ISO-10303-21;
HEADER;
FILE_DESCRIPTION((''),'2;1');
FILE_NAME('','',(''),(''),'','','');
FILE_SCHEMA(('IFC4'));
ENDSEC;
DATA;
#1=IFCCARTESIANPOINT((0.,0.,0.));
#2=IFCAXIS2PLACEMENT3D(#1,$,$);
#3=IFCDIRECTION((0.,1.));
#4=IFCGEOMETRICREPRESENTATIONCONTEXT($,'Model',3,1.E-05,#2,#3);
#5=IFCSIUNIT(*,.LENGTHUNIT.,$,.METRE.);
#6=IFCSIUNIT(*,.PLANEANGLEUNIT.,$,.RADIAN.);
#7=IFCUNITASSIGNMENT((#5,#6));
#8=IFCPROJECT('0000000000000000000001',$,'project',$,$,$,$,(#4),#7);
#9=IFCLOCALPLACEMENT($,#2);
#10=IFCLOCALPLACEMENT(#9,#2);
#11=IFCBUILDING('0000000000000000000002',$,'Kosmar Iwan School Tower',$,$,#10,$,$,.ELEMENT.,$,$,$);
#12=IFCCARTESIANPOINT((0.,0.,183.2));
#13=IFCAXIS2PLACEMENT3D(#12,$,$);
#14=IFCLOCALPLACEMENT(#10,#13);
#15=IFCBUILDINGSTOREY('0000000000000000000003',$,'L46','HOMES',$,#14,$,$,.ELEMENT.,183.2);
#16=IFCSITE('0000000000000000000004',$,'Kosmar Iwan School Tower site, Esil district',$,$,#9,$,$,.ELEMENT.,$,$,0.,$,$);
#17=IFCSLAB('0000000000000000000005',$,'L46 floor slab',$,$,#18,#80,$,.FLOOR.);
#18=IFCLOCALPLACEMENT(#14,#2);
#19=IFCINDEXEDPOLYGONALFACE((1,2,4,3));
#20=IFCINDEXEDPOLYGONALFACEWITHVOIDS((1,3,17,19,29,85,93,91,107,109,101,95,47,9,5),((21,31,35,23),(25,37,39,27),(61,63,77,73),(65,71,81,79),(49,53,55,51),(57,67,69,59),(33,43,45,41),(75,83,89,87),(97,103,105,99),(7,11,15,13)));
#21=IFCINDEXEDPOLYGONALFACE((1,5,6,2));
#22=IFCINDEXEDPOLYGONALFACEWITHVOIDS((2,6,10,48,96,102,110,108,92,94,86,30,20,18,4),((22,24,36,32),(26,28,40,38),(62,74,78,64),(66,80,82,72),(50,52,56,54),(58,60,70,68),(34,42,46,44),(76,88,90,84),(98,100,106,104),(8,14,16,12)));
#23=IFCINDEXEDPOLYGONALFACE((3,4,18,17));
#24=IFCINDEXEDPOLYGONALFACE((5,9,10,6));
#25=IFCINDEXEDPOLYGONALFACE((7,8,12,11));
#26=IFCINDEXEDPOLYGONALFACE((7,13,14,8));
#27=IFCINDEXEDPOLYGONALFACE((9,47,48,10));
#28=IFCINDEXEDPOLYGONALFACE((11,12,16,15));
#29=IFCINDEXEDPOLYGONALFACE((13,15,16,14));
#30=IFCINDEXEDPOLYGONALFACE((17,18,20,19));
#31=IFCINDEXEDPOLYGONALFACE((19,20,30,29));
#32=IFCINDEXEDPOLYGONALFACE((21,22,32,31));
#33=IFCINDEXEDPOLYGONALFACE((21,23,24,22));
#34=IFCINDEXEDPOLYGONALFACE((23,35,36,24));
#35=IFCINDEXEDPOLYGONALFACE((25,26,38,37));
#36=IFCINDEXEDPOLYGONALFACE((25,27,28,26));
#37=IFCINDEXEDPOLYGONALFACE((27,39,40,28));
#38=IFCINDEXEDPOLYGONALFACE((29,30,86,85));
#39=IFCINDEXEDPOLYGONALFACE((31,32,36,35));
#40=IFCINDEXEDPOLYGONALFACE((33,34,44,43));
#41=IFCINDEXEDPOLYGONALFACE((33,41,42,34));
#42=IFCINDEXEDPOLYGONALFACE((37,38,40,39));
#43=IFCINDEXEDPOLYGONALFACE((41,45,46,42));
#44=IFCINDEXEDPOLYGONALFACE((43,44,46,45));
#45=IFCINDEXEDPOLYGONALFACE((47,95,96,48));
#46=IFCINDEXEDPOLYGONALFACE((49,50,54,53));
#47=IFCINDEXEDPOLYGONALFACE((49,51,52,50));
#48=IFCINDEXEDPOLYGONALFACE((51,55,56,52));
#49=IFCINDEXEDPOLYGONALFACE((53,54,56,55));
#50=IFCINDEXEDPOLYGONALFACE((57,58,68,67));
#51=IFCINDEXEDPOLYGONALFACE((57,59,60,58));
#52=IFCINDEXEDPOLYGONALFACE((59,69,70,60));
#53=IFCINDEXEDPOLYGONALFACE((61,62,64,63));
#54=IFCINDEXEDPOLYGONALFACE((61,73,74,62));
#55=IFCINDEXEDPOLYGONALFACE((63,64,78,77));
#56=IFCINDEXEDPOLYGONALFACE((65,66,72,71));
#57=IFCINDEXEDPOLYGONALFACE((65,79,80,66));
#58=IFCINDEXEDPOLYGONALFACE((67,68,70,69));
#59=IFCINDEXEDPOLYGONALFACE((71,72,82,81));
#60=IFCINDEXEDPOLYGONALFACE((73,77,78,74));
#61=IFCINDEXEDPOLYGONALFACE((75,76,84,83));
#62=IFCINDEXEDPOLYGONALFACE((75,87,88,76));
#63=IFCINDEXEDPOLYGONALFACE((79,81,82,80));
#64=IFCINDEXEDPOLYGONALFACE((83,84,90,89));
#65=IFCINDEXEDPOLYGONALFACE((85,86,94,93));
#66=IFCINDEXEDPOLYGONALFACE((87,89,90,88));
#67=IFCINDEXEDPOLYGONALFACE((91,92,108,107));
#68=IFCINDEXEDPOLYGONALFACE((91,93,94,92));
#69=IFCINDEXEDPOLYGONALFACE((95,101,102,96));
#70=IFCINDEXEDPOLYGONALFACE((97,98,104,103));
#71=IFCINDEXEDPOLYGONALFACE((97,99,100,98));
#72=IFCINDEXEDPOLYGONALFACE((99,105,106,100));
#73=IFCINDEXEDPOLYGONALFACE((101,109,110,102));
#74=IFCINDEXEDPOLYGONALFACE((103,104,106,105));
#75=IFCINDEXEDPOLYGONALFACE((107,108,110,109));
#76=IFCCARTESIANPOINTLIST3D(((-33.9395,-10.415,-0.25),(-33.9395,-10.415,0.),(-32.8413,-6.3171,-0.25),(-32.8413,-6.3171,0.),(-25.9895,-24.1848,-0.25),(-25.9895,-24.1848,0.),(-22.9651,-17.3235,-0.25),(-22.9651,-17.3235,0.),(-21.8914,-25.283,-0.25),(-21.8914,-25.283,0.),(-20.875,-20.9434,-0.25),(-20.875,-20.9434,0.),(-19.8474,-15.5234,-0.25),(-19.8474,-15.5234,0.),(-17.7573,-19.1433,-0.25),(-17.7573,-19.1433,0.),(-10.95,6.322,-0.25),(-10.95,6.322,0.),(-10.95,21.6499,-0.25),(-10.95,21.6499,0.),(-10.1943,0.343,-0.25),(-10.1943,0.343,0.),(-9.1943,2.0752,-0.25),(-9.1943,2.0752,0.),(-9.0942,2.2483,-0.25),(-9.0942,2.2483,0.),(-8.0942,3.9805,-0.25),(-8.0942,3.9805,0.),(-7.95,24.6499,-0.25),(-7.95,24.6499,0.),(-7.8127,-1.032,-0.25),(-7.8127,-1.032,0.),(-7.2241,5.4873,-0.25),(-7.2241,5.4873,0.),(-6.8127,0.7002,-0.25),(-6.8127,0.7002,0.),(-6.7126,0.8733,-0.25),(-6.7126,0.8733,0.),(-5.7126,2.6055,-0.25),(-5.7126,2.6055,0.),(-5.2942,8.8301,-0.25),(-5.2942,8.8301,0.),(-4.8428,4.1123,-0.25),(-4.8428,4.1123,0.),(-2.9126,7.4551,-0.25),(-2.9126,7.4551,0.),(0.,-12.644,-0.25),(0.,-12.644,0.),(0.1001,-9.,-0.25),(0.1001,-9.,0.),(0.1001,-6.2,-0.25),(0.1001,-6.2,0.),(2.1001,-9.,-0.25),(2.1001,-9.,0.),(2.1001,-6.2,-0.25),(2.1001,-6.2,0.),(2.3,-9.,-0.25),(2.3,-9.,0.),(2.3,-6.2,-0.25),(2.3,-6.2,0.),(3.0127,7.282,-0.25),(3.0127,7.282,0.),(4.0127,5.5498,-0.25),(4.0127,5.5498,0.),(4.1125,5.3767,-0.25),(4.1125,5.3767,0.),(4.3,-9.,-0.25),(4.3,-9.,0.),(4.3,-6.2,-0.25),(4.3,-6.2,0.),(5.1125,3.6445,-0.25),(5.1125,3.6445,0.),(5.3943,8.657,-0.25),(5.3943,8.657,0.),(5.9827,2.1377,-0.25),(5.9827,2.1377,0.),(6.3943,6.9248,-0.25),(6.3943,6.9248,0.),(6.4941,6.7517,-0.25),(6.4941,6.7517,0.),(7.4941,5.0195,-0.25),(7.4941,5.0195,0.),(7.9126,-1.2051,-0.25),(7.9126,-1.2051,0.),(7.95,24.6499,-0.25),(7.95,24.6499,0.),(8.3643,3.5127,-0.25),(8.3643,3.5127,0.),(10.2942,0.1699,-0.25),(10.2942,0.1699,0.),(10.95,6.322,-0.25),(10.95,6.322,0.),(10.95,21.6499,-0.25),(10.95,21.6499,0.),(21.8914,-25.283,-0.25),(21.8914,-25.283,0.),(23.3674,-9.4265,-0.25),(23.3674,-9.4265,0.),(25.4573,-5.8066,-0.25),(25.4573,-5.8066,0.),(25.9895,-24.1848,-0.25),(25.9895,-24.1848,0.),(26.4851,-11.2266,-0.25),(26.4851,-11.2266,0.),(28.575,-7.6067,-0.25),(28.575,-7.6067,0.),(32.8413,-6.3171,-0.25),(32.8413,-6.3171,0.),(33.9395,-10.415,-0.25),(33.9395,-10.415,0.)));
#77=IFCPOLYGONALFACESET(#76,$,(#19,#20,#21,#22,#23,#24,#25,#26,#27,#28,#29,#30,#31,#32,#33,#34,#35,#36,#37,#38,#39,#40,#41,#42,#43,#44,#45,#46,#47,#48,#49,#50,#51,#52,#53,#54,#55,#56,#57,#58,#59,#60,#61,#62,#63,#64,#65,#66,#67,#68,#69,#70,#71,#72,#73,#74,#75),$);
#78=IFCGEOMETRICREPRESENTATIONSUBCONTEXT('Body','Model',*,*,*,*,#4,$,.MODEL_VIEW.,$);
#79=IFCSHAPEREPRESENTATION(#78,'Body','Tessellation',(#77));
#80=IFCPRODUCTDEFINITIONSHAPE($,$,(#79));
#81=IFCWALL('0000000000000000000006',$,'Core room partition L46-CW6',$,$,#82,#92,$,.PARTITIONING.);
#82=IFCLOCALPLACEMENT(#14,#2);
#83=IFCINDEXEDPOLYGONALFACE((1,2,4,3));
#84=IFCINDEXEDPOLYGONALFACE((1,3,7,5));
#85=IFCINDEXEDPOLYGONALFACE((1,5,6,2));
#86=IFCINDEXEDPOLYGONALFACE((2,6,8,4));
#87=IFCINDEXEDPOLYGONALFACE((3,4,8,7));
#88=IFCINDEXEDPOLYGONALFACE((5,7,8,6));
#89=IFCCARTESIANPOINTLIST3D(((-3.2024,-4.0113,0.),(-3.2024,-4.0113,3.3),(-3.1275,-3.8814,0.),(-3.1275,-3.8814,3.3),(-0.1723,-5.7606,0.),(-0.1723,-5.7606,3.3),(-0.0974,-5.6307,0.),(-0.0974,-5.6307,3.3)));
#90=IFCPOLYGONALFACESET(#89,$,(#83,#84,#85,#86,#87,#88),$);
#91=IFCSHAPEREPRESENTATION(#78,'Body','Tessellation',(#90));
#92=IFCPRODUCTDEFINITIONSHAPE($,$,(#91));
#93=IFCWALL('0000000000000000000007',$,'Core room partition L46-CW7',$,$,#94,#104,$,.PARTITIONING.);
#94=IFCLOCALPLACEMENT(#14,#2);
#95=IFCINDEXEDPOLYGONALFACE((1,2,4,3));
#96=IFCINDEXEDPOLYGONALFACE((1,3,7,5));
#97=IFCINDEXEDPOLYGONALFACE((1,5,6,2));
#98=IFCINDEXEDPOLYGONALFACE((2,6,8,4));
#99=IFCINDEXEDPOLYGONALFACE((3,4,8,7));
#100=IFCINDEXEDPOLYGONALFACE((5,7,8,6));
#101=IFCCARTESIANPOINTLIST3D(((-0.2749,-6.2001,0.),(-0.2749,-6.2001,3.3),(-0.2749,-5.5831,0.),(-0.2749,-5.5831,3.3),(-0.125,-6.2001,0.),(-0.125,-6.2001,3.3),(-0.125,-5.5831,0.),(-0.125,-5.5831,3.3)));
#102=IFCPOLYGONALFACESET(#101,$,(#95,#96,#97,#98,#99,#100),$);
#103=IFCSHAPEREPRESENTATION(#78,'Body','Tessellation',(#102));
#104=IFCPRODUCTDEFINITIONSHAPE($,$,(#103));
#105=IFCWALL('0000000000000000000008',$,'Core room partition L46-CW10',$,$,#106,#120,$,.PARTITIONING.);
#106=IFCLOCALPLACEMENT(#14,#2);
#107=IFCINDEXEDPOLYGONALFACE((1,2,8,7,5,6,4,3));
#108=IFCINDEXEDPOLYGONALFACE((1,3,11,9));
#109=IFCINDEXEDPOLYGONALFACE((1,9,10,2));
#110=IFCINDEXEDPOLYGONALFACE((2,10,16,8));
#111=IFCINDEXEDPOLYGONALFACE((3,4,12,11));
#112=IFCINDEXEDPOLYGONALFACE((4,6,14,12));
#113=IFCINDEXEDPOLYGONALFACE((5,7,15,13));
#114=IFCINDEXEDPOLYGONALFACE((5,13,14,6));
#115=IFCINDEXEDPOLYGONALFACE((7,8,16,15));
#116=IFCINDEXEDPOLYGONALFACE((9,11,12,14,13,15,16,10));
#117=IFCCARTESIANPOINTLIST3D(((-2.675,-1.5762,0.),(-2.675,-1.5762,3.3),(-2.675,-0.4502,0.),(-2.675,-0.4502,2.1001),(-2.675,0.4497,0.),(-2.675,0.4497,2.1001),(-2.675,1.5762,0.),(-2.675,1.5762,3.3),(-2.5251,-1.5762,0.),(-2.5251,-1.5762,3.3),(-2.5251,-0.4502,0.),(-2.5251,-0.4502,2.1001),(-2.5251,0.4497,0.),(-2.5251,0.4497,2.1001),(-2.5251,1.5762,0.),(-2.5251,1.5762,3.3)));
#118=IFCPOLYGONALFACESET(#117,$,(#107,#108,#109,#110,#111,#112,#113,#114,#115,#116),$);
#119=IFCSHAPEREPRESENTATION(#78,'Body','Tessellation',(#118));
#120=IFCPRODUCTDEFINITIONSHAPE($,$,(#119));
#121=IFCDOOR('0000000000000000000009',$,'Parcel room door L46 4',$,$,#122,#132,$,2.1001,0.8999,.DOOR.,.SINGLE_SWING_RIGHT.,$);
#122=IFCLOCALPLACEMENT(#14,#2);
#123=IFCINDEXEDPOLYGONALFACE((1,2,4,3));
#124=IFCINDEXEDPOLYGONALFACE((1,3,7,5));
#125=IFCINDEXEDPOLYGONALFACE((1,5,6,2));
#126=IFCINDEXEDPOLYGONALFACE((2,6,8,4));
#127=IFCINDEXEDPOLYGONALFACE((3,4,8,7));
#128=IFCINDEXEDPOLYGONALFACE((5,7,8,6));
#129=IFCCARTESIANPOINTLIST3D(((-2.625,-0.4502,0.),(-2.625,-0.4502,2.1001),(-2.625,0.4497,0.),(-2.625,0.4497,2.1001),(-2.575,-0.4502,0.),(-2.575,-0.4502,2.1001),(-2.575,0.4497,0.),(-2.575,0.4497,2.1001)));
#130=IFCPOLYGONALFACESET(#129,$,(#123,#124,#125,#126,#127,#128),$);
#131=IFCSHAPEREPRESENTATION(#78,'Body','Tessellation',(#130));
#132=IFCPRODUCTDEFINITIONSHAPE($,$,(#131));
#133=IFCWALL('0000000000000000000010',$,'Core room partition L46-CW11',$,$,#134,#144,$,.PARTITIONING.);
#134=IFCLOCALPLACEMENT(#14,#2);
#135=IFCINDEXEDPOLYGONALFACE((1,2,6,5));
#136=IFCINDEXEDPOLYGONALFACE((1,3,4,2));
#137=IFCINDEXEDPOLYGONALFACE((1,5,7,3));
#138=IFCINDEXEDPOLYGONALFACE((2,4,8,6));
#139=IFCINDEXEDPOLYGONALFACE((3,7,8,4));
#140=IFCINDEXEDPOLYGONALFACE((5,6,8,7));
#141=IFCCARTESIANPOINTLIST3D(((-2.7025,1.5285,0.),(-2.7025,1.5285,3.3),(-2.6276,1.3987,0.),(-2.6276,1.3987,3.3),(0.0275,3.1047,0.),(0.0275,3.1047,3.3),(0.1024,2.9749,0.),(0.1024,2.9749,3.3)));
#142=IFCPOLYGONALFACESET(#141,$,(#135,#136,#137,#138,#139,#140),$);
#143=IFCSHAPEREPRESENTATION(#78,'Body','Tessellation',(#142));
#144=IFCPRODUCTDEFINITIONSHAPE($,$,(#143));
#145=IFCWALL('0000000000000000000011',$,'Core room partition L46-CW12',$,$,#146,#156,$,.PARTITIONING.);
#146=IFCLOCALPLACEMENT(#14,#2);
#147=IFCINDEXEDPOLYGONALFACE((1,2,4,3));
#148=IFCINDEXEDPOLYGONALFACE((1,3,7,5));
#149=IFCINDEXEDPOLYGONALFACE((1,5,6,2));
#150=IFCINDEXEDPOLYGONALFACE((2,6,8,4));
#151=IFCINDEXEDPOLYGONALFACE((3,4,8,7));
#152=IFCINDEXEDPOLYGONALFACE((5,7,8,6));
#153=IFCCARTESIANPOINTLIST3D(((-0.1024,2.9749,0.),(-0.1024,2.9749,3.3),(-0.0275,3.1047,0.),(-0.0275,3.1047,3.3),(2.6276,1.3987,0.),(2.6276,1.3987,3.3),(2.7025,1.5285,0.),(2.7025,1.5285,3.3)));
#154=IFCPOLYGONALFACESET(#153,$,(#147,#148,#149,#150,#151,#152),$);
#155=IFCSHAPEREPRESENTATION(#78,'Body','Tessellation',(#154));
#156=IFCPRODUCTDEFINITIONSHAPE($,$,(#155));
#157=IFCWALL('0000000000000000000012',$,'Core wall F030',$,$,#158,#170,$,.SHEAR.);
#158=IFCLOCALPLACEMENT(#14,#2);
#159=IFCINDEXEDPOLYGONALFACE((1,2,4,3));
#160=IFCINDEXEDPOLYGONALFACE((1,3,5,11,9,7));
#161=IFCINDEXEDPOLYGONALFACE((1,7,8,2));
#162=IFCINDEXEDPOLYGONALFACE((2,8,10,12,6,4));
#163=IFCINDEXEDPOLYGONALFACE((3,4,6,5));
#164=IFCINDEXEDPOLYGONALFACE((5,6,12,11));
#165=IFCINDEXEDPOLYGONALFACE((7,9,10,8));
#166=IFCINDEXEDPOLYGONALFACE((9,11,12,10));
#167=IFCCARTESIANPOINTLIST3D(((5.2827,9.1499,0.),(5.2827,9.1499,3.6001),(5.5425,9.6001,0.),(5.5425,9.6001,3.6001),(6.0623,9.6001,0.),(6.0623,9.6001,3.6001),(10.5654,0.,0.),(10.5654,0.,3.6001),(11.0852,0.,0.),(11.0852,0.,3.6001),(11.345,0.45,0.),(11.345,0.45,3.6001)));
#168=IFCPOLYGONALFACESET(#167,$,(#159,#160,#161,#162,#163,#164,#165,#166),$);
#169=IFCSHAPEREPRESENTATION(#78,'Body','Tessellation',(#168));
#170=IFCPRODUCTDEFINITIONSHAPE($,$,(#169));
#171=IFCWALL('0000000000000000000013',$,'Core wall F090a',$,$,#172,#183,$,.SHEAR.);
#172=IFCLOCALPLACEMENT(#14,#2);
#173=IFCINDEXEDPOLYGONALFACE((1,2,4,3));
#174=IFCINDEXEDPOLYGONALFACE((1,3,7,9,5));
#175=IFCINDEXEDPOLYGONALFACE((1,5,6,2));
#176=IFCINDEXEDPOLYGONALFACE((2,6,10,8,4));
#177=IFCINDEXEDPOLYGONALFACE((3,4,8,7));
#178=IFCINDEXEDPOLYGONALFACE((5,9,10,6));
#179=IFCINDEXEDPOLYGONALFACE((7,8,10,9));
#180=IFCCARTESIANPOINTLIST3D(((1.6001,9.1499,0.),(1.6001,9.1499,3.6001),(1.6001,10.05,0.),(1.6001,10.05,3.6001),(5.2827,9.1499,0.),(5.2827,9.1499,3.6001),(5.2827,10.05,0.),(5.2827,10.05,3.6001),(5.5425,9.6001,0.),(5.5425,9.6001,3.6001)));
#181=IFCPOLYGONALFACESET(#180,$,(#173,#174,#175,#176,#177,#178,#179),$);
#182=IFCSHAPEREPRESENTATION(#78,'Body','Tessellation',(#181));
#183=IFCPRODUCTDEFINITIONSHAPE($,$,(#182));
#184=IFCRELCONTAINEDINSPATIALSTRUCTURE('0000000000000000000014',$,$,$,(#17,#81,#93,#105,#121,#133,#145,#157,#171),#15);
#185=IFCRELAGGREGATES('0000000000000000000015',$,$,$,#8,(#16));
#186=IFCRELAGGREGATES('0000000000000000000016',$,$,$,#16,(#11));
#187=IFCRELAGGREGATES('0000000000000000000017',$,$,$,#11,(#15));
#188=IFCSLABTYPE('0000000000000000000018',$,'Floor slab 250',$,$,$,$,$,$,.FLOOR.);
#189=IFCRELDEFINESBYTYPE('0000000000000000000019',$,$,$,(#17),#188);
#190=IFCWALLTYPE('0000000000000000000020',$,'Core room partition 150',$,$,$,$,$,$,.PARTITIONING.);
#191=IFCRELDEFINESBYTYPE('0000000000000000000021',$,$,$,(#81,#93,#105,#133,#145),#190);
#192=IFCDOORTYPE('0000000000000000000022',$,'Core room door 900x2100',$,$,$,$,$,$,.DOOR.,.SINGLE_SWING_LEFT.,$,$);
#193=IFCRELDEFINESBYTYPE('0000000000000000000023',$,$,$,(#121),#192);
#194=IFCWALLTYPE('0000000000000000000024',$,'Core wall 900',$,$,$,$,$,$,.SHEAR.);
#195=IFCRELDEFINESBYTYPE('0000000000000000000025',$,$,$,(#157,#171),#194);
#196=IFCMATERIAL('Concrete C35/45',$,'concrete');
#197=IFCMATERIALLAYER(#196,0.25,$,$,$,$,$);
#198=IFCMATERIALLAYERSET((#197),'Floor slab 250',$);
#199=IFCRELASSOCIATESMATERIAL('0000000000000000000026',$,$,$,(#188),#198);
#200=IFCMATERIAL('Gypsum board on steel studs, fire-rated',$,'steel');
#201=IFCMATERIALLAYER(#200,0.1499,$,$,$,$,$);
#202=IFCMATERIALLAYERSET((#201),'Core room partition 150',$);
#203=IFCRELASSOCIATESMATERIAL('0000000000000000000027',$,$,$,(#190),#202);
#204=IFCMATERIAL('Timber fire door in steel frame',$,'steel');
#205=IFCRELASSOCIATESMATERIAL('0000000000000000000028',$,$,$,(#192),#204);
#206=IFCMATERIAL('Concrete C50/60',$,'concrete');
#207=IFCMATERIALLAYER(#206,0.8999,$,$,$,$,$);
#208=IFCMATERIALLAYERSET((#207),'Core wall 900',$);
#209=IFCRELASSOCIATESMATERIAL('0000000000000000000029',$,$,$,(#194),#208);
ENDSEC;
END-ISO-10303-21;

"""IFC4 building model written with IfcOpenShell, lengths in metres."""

from ifc_helpers import new_model, si_unit, direction, frame, frame_2d, origin, place, context, subcontext, project, spatial, polyline, rectangle, outline, extrude, material, layer, layer_set, type_object, element, fill, save


model = new_model("IFC4")

# Units and contexts
model_context = context("Model", 3, precision=1e-05, world=origin(), true_north=direction((0.0, 1.0)))
body_context = subcontext(model_context, "Body", "Model", "MODEL_VIEW")
ifc_project = project(units=[si_unit("LENGTHUNIT", "METRE"), si_unit("PLANEANGLEUNIT", "RADIAN")], contexts=[model_context])

# Site, building, storey
site_placement = place(None, origin())
site = spatial("IfcSite", under=ifc_project, at=site_placement, Name="Kosmar Iwan School Tower site, Esil district", CompositionType="ELEMENT", RefElevation=0.0)
building_placement = place(site_placement, origin())
building = spatial("IfcBuilding", under=site, at=building_placement, Name="Kosmar Iwan School Tower", CompositionType="ELEMENT")
storey_placement = place(building_placement, frame((0.0, 0.0, 183.2)))
storey = spatial("IfcBuildingStorey", under=building, at=storey_placement, Name="L46", Description="HOMES", CompositionType="ELEMENT", Elevation=183.2)

# Slab
ifc_material_1 = material(Name="Concrete C35/45", Category="concrete")
ifc_layer_1 = layer(ifc_material_1, 0.25)
ifc_layer_set_1 = layer_set([ifc_layer_1], Name="Floor slab 250")
slab_type = type_object("IfcSlabType", Name="Floor slab 250", PredefinedType="FLOOR", material=ifc_layer_set_1)
slab_placement = place(storey_placement, frame((0.0, 0.0, -0.25)))
element("IfcSlab", 1, at=slab_placement, inside=storey, type_object=slab_type, Name="L46 floor slab", PredefinedType="FLOOR", context=body_context, shape_type="SweptSolid", body=[
    extrude(outline(polyline([(-21.8914, -25.283), (0.0, -12.644), (21.8914, -25.283), (25.9895, -24.1848), (33.9395, -10.415), (32.8413, -6.3171), (10.95, 6.322), (10.95, 21.6499), (7.95, 24.6499), (-7.95, 24.6499), (-10.95, 21.6499), (-10.95, 6.322), (-32.8413, -6.3171), (-33.9395, -10.415), (-25.9895, -24.1848), (-21.8914, -25.283)]), holes=[polyline([(7.9126, -1.2051), (10.2942, 0.1699), (8.3643, 3.5127), (5.9827, 2.1377), (7.9126, -1.2051)]), polyline([(-2.9126, 7.4551), (-5.2942, 8.8301), (-7.2241, 5.4873), (-4.8428, 4.1123), (-2.9126, 7.4551)]), polyline([(-5.7126, 2.6055), (-8.0942, 3.9805), (-9.0942, 2.2483), (-6.7126, 0.8733), (-5.7126, 2.6055)]), polyline([(-6.8127, 0.7002), (-9.1943, 2.0752), (-10.1943, 0.343), (-7.8127, -1.032), (-6.8127, 0.7002)]), polyline([(5.1125, 3.6445), (7.4941, 5.0195), (6.4941, 6.7517), (4.1125, 5.3767), (5.1125, 3.6445)]), polyline([(4.0127, 5.5498), (6.3943, 6.9248), (5.3943, 8.657), (3.0127, 7.282), (4.0127, 5.5498)]), polyline([(0.1001, -6.2), (0.1001, -9.0), (2.1001, -9.0), (2.1001, -6.2), (0.1001, -6.2)]), polyline([(2.3, -6.2), (2.3, -9.0), (4.3, -9.0), (4.3, -6.2), (2.3, -6.2)]), polyline([(-19.8474, -15.5234), (-22.9651, -17.3235), (-20.875, -20.9434), (-17.7573, -19.1433), (-19.8474, -15.5234)]), polyline([(23.3674, -9.4265), (26.4851, -11.2266), (28.575, -7.6067), (25.4573, -5.8066), (23.3674, -9.4265)])]), origin(), (0.0, 0.0, 1.0), 0.25),
])

# Walls
ifc_material_2 = material(Name="Gypsum board on steel studs, fire-rated", Category="steel")
ifc_layer_2 = layer(ifc_material_2, 0.1499)
ifc_layer_set_2 = layer_set([ifc_layer_2], Name="Core room partition 150")
wall_type_1 = type_object("IfcWallType", Name="Core room partition 150", PredefinedType="PARTITIONING", material=ifc_layer_set_2)
wall_1_placement = place(storey_placement, frame((-3.165, -3.9463, 0.0), z_axis=(0.0, 0.0, 1.0), x_axis=(0.86604, -0.499974, 0.0)))
element("IfcWall", 2, at=wall_1_placement, inside=storey, type_object=wall_type_1, Name="Core room partition L46-CW6", PredefinedType="PARTITIONING", context=body_context, shape_type="SweptSolid", body=[
    extrude(rectangle(XDim=3.4988, YDim=0.1499, at=frame_2d((1.7495, 0.0))), origin(), (0.0, 0.0, 1.0), 3.3),
])
wall_2_placement = place(storey_placement, frame((-0.2, -5.583, 0.0), z_axis=(0.0, 0.0, 1.0), x_axis=(0.0, -1.0, 0.0)))
element("IfcWall", 3, at=wall_2_placement, inside=storey, type_object=wall_type_1, Name="Core room partition L46-CW7", PredefinedType="PARTITIONING", context=body_context, shape_type="SweptSolid", body=[
    extrude(rectangle(XDim=0.6169, YDim=0.1499, at=frame_2d((0.3086, 0.0))), origin(), (0.0, 0.0, 1.0), 3.3),
])

# Wall, opening, door
wall_3_placement = place(storey_placement, frame((-2.6001, -1.5762, 0.0), z_axis=(0.0, 0.0, 1.0), x_axis=(0.0, 1.0, 0.0)))
wall_3 = element("IfcWall", 4, at=wall_3_placement, inside=storey, type_object=wall_type_1, Name="Core room partition L46-CW10", PredefinedType="PARTITIONING", context=body_context, shape_type="SweptSolid", body=[
    extrude(rectangle(XDim=3.1523, YDim=0.1499, at=frame_2d((1.5762, 0.0))), origin(), (0.0, 0.0, 1.0), 3.3),
])
opening_1_placement = place(wall_3_placement, frame((1.126, 0.0, 0.0)))
opening_1 = element("IfcOpeningElement", 5, at=opening_1_placement, cuts=wall_3, PredefinedType="OPENING", context=body_context, shape_type="SweptSolid", body=[
    extrude(rectangle(XDim=0.8999, YDim=2.1001, at=frame_2d((0.45, 1.05))), frame((0.0, 0.0869, 0.0), z_axis=(0.0, -1.0, 0.0), x_axis=(1.0, 0.0, 0.0)), (0.0, 0.0, 1.0), 0.1738),
])
ifc_material_3 = material(Name="Timber fire door in steel frame", Category="steel")
door_type_1 = type_object("IfcDoorType", Name="Core room door 900x2100", OperationType="SINGLE_SWING_LEFT", PredefinedType="DOOR", material=ifc_material_3)
door_1_placement = place(opening_1_placement, origin())
door_1 = element("IfcDoor", 6, at=door_1_placement, inside=storey, type_object=door_type_1, Name="Parcel room door L46 4", OperationType="SINGLE_SWING_RIGHT", OverallHeight=2.1001, OverallWidth=0.8999, PredefinedType="DOOR", context=body_context, shape_type="SweptSolid", body=[
    extrude(rectangle(XDim=0.8999, YDim=2.1001, at=frame_2d((0.45, 1.05))), frame((0.0, 0.0249, 0.0), z_axis=(0.0, -1.0, 0.0), x_axis=(1.0, 0.0, 0.0)), (0.0, 0.0, 1.0), 0.05),
])
fill(opening_1, door_1)

# Walls
for number, where, z_axis, x_axis, name in (
    (7, (-2.665, 1.4636, 0.0), (0.0, 0.0, 1.0), (0.866023, 0.500004, 0.0), "Core room partition L46-CW11"),
    (8, (-0.0649, 3.0398, 0.0), (0.0, 0.0, 1.0), (0.866023, -0.500004, 0.0), "Core room partition L46-CW12"),
):
    element("IfcWall", number, at=place(storey_placement, frame(where, z_axis=z_axis, x_axis=x_axis)), inside=storey, type_object=wall_type_1, Name=name, PredefinedType="PARTITIONING", context=body_context, shape_type="SweptSolid", body=[
        extrude(rectangle(XDim=3.1523, YDim=0.1499, at=frame_2d((1.5762, 0.0))), origin(), (0.0, 0.0, 1.0), 3.3),
    ])
ifc_material_4 = material(Name="Concrete C50/60", Category="concrete")
ifc_layer_3 = layer(ifc_material_4, 0.8999)
ifc_layer_set_3 = layer_set([ifc_layer_3], Name="Core wall 900")
wall_type_2 = type_object("IfcWallType", Name="Core wall 900", PredefinedType="SHEAR", material=ifc_layer_set_3)
wall_4_placement = place(storey_placement, origin())
element("IfcWall", 9, at=wall_4_placement, inside=storey, type_object=wall_type_2, Name="Core wall F030", PredefinedType="SHEAR", context=body_context, shape_type="SweptSolid", body=[
    extrude(outline(polyline([(10.5654, 0.0), (11.0852, 0.0), (11.345, 0.45), (6.0623, 9.6001), (5.5425, 9.6001), (5.2827, 9.1499), (10.5654, 0.0)])), origin(), (0.0, 0.0, 1.0), 3.6001),
])
wall_5_placement = place(storey_placement, origin())
element("IfcWall", 10, at=wall_5_placement, inside=storey, type_object=wall_type_2, Name="Core wall F090a", PredefinedType="SHEAR", context=body_context, shape_type="SweptSolid", body=[
    extrude(outline(polyline([(1.6001, 9.1499), (5.2827, 9.1499), (5.5425, 9.6001), (5.2827, 10.05), (1.6001, 10.05), (1.6001, 9.1499)])), origin(), (0.0, 0.0, 1.0), 3.6001),
])

save(model, "model.ifc")
